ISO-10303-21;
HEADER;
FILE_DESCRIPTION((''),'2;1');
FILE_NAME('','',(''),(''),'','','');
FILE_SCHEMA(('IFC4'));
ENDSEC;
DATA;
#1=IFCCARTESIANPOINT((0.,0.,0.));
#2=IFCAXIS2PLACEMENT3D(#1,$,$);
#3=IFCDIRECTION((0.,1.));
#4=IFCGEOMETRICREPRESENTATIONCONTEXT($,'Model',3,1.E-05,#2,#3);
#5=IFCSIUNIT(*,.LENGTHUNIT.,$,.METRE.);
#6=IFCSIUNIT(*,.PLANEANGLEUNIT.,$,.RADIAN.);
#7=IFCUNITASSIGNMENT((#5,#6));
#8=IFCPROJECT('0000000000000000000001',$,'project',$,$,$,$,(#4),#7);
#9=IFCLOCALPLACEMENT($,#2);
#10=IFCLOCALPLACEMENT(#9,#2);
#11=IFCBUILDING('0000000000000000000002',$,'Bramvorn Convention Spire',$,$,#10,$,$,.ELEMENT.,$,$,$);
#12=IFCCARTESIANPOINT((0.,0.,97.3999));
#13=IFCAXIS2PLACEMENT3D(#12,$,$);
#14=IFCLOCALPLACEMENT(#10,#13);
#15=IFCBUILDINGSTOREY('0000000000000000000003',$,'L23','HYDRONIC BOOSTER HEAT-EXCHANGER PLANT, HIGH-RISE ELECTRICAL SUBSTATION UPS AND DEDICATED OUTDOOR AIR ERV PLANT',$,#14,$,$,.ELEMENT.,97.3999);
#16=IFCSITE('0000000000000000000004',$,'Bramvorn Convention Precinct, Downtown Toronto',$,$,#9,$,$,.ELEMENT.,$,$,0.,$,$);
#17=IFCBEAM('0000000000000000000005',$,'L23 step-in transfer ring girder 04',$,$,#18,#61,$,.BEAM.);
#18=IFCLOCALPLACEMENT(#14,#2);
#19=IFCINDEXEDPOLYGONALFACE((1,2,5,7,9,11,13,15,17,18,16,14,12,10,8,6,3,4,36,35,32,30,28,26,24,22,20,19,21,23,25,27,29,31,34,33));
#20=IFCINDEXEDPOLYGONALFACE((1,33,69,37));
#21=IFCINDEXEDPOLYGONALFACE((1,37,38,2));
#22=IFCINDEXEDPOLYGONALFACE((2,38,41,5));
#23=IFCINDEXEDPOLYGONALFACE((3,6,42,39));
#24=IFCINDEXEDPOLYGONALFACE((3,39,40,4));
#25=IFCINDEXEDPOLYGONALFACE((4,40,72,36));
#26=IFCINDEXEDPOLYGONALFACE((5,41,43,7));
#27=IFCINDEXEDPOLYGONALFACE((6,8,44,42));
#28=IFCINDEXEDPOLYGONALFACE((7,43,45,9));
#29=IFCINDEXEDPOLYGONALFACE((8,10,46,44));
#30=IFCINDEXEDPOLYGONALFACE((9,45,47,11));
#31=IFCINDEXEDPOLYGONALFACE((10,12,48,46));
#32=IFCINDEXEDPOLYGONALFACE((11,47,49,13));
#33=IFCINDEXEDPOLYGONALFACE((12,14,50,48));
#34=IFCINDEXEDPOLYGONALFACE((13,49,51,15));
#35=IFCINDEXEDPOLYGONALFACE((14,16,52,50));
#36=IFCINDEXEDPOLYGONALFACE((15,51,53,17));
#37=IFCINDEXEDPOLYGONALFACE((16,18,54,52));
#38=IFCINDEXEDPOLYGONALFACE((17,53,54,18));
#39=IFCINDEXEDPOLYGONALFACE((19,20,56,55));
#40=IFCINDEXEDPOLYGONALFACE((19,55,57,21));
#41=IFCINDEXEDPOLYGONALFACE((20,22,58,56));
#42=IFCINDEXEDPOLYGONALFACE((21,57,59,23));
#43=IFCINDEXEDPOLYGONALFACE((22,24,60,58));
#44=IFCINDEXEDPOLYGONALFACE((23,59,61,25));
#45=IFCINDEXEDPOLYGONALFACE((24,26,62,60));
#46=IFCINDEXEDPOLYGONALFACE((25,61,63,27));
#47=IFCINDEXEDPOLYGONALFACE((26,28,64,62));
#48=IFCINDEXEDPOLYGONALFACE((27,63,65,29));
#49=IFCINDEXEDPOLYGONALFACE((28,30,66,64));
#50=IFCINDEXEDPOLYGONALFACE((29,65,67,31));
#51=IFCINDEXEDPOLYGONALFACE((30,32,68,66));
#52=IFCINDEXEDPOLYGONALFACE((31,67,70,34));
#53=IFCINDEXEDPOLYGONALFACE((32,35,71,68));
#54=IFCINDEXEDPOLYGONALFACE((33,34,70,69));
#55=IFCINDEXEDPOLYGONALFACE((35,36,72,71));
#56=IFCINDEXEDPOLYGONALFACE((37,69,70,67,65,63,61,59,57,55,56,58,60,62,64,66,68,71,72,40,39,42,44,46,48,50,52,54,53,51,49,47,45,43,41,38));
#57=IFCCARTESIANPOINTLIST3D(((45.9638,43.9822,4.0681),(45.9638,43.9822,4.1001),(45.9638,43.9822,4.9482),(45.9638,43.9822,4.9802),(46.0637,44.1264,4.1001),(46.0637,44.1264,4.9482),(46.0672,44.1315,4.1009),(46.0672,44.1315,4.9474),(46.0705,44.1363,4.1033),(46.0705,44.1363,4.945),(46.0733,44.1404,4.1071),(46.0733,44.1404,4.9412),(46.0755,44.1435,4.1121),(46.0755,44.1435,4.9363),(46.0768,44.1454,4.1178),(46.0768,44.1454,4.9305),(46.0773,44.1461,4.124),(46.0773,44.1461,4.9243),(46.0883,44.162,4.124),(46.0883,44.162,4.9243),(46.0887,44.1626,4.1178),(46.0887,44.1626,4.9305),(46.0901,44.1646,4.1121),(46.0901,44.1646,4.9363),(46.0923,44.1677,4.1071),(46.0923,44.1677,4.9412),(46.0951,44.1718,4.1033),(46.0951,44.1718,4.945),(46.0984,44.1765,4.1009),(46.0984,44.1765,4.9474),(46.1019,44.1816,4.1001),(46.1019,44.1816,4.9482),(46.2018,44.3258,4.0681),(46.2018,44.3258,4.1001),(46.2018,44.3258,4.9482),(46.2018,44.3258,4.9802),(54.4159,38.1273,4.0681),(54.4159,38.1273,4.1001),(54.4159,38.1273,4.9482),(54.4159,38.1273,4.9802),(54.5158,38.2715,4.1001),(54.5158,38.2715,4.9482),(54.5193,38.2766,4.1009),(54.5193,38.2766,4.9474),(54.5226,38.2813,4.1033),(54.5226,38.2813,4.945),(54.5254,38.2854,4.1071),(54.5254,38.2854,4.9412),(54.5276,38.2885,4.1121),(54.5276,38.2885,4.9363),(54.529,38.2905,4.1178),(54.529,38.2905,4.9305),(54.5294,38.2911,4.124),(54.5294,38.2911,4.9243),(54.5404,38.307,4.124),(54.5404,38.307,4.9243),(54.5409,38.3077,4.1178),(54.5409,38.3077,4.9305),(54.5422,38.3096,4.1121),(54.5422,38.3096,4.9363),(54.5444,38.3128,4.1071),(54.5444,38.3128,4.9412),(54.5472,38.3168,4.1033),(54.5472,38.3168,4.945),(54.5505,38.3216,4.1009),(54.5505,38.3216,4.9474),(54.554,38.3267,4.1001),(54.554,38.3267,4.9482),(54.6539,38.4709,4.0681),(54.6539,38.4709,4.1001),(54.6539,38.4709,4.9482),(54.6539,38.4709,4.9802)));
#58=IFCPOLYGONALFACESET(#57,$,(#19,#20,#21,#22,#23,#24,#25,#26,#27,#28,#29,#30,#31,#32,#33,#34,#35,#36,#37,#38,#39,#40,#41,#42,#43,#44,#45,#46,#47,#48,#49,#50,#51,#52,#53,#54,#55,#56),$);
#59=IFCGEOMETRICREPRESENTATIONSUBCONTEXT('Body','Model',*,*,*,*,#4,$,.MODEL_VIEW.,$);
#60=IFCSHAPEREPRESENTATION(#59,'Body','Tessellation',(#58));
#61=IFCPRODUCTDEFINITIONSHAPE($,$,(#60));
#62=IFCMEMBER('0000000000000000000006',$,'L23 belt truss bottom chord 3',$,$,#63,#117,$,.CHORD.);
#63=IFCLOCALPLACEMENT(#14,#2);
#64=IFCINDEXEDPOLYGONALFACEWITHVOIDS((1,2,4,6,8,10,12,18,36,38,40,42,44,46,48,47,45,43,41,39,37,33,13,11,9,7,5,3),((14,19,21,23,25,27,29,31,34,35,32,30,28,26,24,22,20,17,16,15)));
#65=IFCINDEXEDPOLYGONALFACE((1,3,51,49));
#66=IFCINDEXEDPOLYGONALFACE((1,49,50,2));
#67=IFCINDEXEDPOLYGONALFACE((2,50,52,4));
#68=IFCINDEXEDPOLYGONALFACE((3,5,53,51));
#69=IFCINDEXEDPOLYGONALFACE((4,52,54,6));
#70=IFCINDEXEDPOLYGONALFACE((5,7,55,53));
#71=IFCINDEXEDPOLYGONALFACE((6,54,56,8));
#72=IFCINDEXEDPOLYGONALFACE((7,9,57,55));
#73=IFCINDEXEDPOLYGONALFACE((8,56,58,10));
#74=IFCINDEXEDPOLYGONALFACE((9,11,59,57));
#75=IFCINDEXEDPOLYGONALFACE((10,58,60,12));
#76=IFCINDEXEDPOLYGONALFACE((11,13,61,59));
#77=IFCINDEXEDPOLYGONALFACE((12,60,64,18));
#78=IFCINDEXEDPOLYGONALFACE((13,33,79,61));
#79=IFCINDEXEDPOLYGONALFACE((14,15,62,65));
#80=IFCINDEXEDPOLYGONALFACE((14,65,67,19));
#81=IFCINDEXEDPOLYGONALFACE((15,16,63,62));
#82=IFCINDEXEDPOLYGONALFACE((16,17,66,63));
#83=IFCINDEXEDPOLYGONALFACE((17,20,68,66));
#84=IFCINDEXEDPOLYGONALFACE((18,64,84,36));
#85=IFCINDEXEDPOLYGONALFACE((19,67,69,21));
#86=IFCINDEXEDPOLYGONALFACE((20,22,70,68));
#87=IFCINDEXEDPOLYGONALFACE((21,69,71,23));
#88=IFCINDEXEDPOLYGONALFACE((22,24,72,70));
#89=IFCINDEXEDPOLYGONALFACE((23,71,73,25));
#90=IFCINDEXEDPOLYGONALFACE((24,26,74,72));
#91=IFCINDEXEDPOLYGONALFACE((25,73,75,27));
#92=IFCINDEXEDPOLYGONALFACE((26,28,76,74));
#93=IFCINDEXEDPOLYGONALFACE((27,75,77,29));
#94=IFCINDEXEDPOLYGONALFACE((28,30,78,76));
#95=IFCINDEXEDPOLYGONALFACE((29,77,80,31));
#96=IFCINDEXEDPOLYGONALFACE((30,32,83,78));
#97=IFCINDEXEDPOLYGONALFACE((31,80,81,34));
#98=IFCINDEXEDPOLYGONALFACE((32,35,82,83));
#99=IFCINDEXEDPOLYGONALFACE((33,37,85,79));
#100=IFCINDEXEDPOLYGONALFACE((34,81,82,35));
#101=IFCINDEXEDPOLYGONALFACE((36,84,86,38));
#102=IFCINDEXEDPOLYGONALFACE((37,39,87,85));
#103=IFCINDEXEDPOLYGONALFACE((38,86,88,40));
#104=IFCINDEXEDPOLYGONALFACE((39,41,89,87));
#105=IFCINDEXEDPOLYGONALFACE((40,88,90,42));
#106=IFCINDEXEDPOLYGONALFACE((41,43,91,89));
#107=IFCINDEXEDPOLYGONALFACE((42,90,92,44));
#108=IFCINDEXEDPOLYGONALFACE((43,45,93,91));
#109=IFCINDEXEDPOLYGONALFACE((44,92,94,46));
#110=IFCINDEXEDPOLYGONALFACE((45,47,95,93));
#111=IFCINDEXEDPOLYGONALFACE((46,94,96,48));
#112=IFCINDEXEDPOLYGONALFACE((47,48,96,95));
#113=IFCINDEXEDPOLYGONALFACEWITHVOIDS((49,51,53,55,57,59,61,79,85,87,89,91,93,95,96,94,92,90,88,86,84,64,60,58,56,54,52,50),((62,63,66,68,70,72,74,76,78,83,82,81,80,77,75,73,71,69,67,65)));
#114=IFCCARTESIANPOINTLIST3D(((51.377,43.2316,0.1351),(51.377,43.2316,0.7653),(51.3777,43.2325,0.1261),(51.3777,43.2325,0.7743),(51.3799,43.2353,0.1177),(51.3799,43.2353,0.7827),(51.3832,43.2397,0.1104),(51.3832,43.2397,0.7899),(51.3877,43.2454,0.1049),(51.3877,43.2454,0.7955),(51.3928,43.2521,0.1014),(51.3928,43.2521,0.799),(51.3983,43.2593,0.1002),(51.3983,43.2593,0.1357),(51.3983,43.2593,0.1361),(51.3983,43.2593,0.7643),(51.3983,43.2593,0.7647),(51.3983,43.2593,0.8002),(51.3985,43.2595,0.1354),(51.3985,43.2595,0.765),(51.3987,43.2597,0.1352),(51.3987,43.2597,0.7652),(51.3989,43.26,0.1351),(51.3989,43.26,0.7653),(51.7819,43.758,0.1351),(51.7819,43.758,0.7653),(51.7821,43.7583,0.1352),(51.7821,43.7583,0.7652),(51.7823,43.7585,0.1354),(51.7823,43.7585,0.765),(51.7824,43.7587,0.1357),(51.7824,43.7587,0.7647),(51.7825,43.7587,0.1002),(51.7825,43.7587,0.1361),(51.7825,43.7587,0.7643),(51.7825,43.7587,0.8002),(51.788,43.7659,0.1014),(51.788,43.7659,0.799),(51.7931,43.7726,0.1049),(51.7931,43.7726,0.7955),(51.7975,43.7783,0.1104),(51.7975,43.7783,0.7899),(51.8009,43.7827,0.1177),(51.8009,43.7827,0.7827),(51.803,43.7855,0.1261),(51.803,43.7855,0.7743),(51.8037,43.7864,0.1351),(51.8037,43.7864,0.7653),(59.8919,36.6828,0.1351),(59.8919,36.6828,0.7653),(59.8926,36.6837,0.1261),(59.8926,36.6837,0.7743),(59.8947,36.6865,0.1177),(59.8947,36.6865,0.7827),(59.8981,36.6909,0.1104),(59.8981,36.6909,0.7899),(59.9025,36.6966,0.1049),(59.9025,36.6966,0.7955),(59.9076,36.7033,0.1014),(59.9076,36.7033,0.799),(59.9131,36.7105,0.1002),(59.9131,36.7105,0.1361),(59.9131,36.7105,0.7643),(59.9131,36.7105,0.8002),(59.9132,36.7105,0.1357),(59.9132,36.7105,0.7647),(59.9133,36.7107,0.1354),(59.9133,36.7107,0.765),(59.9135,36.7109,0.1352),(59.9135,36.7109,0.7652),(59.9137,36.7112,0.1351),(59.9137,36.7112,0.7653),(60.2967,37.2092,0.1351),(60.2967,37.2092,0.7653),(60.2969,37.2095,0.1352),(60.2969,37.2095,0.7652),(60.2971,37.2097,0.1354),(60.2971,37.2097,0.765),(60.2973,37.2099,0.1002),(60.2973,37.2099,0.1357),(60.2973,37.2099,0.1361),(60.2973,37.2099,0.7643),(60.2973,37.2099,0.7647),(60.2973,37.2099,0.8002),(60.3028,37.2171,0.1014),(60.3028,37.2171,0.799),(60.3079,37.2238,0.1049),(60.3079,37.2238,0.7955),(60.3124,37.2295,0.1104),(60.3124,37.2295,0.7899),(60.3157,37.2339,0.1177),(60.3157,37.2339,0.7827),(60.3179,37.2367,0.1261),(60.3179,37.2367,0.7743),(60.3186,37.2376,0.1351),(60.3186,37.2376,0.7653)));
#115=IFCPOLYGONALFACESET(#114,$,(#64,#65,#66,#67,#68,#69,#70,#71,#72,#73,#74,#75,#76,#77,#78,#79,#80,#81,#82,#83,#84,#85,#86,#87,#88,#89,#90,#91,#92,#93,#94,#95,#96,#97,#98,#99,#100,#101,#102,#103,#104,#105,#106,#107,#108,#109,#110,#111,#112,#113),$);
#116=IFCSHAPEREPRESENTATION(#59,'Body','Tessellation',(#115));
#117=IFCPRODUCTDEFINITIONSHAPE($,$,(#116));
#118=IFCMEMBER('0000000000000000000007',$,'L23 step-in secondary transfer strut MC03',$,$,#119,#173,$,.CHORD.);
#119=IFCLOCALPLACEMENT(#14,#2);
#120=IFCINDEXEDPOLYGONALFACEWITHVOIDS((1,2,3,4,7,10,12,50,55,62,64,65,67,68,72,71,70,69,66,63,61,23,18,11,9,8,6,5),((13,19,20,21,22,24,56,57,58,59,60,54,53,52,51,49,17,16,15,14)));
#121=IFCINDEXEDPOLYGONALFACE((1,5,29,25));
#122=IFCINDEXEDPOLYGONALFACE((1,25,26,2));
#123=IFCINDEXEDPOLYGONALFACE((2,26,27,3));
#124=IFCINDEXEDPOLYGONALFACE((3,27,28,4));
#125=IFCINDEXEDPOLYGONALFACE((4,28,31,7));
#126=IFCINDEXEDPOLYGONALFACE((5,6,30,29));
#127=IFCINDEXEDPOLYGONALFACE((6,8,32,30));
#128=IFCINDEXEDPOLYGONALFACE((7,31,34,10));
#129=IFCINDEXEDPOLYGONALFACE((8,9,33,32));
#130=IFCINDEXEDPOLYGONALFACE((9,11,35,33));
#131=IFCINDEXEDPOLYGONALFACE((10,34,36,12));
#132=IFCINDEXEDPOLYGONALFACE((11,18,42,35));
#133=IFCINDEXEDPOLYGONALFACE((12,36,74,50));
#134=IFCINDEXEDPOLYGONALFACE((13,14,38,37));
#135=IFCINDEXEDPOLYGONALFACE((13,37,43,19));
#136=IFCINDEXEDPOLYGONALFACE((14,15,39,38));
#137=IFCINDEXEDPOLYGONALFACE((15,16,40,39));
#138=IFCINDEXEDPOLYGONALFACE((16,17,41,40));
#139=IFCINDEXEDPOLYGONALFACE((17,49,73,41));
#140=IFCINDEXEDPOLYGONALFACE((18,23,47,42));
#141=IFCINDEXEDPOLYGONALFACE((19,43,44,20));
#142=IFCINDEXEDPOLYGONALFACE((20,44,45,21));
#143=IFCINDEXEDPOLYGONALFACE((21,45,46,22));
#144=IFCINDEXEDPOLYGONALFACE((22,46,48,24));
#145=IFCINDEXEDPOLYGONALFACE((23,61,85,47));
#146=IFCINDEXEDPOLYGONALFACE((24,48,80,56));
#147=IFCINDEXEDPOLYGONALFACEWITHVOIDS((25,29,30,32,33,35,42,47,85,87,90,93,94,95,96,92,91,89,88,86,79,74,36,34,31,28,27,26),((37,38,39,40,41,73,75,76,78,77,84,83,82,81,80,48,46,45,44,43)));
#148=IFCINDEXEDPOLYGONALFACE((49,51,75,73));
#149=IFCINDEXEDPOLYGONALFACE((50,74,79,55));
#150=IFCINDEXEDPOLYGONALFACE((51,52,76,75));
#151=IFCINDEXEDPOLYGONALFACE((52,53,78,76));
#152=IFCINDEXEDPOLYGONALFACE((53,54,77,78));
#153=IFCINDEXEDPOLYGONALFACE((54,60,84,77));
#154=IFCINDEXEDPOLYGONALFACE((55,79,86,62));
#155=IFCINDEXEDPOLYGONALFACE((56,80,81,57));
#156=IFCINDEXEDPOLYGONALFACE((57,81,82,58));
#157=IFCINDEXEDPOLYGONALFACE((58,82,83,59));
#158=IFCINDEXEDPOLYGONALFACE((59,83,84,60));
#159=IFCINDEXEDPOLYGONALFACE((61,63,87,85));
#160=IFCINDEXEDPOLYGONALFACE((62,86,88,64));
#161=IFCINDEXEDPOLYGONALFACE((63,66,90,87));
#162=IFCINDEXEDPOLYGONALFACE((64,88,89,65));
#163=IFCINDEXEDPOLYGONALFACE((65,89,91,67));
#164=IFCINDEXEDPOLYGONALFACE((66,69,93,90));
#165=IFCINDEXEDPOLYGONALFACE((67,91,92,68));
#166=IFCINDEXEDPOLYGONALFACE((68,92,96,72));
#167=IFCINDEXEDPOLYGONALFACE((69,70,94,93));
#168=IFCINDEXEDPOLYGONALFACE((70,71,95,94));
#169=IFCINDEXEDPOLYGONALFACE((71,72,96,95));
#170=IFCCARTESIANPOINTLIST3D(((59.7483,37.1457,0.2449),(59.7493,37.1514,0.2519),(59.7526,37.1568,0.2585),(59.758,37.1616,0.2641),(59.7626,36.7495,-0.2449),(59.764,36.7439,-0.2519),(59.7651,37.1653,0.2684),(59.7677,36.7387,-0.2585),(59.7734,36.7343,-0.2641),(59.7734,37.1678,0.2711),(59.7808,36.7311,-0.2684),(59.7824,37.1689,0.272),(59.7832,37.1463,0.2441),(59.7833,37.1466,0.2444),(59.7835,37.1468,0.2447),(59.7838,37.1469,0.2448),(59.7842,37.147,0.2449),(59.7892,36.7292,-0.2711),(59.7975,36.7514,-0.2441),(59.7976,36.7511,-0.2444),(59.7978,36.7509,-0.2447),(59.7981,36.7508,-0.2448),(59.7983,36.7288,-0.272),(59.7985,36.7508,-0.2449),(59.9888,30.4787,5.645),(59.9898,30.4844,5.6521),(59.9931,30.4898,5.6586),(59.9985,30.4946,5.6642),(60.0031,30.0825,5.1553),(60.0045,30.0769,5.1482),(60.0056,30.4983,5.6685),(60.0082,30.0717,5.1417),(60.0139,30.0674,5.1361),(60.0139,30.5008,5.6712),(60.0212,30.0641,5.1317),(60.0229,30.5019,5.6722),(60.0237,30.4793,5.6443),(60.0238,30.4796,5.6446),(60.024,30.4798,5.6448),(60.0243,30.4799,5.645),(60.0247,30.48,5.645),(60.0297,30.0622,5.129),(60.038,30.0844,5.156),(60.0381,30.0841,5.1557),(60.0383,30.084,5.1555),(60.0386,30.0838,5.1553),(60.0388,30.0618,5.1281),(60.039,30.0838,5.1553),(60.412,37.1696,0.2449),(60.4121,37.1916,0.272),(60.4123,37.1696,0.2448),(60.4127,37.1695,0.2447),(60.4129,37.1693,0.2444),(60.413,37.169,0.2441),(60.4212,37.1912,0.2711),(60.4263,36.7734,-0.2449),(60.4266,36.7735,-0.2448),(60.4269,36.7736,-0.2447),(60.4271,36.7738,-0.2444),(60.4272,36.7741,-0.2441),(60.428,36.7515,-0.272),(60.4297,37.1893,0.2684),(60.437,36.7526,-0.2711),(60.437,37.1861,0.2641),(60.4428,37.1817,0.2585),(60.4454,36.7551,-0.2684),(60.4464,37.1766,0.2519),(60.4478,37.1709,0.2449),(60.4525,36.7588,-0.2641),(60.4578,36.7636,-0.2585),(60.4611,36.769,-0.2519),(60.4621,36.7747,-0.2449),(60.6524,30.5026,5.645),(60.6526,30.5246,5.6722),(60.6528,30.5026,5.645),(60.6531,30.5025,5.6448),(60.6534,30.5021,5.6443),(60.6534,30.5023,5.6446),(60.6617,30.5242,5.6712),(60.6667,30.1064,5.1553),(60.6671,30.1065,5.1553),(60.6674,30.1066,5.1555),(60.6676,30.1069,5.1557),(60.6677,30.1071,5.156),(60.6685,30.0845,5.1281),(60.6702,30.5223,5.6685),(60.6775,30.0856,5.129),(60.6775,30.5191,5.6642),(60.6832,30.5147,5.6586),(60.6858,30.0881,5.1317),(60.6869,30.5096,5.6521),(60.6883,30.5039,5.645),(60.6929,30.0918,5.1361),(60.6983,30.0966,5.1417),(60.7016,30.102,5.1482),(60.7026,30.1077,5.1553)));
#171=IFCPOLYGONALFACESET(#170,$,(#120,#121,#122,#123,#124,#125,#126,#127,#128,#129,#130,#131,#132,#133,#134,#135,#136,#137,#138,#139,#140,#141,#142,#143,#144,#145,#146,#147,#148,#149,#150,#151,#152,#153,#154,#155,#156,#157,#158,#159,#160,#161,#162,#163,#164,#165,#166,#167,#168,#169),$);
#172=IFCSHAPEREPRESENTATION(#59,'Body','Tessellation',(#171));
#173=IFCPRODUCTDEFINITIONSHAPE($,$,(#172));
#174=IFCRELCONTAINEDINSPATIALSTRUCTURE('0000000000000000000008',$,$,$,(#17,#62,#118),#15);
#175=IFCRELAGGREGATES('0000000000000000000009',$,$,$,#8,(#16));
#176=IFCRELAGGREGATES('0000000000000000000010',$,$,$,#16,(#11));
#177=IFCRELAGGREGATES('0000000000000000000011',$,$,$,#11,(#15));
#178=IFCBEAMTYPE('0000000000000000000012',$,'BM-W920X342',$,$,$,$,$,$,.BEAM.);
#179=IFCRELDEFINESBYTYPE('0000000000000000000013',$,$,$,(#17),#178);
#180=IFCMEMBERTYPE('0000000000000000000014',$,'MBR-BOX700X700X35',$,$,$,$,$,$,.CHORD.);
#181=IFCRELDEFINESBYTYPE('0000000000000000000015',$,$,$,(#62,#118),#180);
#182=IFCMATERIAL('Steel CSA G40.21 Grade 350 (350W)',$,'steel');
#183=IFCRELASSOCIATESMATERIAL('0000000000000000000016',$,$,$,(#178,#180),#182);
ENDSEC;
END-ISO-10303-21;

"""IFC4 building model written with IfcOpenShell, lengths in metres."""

from ifc_helpers import new_model, si_unit, direction, frame, origin, origin_2d, place, context, subcontext, project, spatial, hollow_rectangle, i_section, extrude, material, material_profile, profile_set, type_object, element, save


model = new_model("IFC4")

# Units and contexts
model_context = context("Model", 3, precision=1e-05, world=origin(), true_north=direction((0.0, 1.0)))
body_context = subcontext(model_context, "Body", "Model", "MODEL_VIEW")
ifc_project = project(units=[si_unit("LENGTHUNIT", "METRE"), si_unit("PLANEANGLEUNIT", "RADIAN")], contexts=[model_context])

# Site, building, storey
site_placement = place(None, origin())
site = spatial("IfcSite", under=ifc_project, at=site_placement, Name="Bramvorn Convention Precinct, Downtown Toronto", CompositionType="ELEMENT", RefElevation=0.0)
building_placement = place(site_placement, origin())
building = spatial("IfcBuilding", under=site, at=building_placement, Name="Bramvorn Convention Spire", CompositionType="ELEMENT")
storey_placement = place(building_placement, frame((0.0, 0.0, 97.3999)))
storey = spatial("IfcBuildingStorey", under=building, at=storey_placement, Name="L23", Description="HYDRONIC BOOSTER HEAT-EXCHANGER PLANT, HIGH-RISE ELECTRICAL SUBSTATION UPS AND DEDICATED OUTDOOR AIR ERV PLANT", CompositionType="ELEMENT", Elevation=97.3999)

# Shared definitions
ifc_material_1 = material(Name="Steel CSA G40.21 Grade 350 (350W)", Category="steel")

# Beam
ifc_material_profile_1 = material_profile(ifc_material_1, i_section(OverallWidth=0.418, OverallDepth=0.9121, WebThickness=0.0193, FlangeThickness=0.032, FilletRadius=0.0239, at=origin_2d()))
ifc_profile_set_1 = profile_set([ifc_material_profile_1], Name="Steel CSA G40.21 Grade 350 (350W) - W920X342")
beam_type = type_object("IfcBeamType", Name="BM-W920X342", PredefinedType="BEAM", material=ifc_profile_set_1)
beam_placement = place(storey_placement, frame((54.5349, 38.2991, 4.5242), z_axis=(-0.822033, 0.56944, 0.0), x_axis=(-0.56944, -0.822033, 0.0)))
element("IfcBeam", 1, at=beam_placement, inside=storey, type_object=beam_type, Name="L23 step-in transfer ring girder 04", PredefinedType="BEAM", context=body_context, shape_type="SweptSolid", body=[
    extrude(i_section(OverallWidth=0.418, OverallDepth=0.9121, WebThickness=0.0193, FlangeThickness=0.032, FilletRadius=0.0239, at=origin_2d()), origin(), (0.0, 0.0, 1.0), 10.282),
])

# Members
ifc_material_profile_2 = material_profile(ifc_material_1, hollow_rectangle(XDim=0.7, YDim=0.7, WallThickness=0.0349, InnerFilletRadius=0.001, OuterFilletRadius=0.0349, at=origin_2d()))
ifc_profile_set_2 = profile_set([ifc_material_profile_2], Name="Steel CSA G40.21 Grade 350 (350W) - BOX700X700X35")
member_type_1 = type_object("IfcMemberType", Name="MBR-BOX700X700X35", PredefinedType="CHORD", material=ifc_profile_set_2)
member_1_placement = place(storey_placement, frame((60.1052, 36.9602, 0.4502), z_axis=(-0.792673, 0.609647, 0.0), x_axis=(-0.609647, -0.792673, 0.0)))
element("IfcMember", 2, at=member_1_placement, inside=storey, type_object=member_type_1, Name="L23 belt truss bottom chord 3", PredefinedType="CHORD", context=body_context, shape_type="SweptSolid", body=[
    extrude(hollow_rectangle(XDim=0.7, YDim=0.7, WallThickness=0.0349, InnerFilletRadius=0.001, OuterFilletRadius=0.0349, at=origin_2d()), origin(), (0.0, 0.0, 1.0), 10.7419),
])
member_2_placement = place(storey_placement, frame((60.1052, 36.9602, 0.0), z_axis=(0.028018, -0.776765, 0.629166), x_axis=(0.99935, 0.036047, 0.0)))
element("IfcMember", 3, at=member_2_placement, inside=storey, type_object=member_type_1, Name="L23 step-in secondary transfer strut MC03", PredefinedType="CHORD", context=body_context, shape_type="SweptSolid", body=[
    extrude(hollow_rectangle(XDim=0.7, YDim=0.7, WallThickness=0.0349, InnerFilletRadius=0.001, OuterFilletRadius=0.0349, at=origin_2d()), origin(), (0.0, 0.0, 1.0), 8.583),
])

save(model, "model.ifc")
